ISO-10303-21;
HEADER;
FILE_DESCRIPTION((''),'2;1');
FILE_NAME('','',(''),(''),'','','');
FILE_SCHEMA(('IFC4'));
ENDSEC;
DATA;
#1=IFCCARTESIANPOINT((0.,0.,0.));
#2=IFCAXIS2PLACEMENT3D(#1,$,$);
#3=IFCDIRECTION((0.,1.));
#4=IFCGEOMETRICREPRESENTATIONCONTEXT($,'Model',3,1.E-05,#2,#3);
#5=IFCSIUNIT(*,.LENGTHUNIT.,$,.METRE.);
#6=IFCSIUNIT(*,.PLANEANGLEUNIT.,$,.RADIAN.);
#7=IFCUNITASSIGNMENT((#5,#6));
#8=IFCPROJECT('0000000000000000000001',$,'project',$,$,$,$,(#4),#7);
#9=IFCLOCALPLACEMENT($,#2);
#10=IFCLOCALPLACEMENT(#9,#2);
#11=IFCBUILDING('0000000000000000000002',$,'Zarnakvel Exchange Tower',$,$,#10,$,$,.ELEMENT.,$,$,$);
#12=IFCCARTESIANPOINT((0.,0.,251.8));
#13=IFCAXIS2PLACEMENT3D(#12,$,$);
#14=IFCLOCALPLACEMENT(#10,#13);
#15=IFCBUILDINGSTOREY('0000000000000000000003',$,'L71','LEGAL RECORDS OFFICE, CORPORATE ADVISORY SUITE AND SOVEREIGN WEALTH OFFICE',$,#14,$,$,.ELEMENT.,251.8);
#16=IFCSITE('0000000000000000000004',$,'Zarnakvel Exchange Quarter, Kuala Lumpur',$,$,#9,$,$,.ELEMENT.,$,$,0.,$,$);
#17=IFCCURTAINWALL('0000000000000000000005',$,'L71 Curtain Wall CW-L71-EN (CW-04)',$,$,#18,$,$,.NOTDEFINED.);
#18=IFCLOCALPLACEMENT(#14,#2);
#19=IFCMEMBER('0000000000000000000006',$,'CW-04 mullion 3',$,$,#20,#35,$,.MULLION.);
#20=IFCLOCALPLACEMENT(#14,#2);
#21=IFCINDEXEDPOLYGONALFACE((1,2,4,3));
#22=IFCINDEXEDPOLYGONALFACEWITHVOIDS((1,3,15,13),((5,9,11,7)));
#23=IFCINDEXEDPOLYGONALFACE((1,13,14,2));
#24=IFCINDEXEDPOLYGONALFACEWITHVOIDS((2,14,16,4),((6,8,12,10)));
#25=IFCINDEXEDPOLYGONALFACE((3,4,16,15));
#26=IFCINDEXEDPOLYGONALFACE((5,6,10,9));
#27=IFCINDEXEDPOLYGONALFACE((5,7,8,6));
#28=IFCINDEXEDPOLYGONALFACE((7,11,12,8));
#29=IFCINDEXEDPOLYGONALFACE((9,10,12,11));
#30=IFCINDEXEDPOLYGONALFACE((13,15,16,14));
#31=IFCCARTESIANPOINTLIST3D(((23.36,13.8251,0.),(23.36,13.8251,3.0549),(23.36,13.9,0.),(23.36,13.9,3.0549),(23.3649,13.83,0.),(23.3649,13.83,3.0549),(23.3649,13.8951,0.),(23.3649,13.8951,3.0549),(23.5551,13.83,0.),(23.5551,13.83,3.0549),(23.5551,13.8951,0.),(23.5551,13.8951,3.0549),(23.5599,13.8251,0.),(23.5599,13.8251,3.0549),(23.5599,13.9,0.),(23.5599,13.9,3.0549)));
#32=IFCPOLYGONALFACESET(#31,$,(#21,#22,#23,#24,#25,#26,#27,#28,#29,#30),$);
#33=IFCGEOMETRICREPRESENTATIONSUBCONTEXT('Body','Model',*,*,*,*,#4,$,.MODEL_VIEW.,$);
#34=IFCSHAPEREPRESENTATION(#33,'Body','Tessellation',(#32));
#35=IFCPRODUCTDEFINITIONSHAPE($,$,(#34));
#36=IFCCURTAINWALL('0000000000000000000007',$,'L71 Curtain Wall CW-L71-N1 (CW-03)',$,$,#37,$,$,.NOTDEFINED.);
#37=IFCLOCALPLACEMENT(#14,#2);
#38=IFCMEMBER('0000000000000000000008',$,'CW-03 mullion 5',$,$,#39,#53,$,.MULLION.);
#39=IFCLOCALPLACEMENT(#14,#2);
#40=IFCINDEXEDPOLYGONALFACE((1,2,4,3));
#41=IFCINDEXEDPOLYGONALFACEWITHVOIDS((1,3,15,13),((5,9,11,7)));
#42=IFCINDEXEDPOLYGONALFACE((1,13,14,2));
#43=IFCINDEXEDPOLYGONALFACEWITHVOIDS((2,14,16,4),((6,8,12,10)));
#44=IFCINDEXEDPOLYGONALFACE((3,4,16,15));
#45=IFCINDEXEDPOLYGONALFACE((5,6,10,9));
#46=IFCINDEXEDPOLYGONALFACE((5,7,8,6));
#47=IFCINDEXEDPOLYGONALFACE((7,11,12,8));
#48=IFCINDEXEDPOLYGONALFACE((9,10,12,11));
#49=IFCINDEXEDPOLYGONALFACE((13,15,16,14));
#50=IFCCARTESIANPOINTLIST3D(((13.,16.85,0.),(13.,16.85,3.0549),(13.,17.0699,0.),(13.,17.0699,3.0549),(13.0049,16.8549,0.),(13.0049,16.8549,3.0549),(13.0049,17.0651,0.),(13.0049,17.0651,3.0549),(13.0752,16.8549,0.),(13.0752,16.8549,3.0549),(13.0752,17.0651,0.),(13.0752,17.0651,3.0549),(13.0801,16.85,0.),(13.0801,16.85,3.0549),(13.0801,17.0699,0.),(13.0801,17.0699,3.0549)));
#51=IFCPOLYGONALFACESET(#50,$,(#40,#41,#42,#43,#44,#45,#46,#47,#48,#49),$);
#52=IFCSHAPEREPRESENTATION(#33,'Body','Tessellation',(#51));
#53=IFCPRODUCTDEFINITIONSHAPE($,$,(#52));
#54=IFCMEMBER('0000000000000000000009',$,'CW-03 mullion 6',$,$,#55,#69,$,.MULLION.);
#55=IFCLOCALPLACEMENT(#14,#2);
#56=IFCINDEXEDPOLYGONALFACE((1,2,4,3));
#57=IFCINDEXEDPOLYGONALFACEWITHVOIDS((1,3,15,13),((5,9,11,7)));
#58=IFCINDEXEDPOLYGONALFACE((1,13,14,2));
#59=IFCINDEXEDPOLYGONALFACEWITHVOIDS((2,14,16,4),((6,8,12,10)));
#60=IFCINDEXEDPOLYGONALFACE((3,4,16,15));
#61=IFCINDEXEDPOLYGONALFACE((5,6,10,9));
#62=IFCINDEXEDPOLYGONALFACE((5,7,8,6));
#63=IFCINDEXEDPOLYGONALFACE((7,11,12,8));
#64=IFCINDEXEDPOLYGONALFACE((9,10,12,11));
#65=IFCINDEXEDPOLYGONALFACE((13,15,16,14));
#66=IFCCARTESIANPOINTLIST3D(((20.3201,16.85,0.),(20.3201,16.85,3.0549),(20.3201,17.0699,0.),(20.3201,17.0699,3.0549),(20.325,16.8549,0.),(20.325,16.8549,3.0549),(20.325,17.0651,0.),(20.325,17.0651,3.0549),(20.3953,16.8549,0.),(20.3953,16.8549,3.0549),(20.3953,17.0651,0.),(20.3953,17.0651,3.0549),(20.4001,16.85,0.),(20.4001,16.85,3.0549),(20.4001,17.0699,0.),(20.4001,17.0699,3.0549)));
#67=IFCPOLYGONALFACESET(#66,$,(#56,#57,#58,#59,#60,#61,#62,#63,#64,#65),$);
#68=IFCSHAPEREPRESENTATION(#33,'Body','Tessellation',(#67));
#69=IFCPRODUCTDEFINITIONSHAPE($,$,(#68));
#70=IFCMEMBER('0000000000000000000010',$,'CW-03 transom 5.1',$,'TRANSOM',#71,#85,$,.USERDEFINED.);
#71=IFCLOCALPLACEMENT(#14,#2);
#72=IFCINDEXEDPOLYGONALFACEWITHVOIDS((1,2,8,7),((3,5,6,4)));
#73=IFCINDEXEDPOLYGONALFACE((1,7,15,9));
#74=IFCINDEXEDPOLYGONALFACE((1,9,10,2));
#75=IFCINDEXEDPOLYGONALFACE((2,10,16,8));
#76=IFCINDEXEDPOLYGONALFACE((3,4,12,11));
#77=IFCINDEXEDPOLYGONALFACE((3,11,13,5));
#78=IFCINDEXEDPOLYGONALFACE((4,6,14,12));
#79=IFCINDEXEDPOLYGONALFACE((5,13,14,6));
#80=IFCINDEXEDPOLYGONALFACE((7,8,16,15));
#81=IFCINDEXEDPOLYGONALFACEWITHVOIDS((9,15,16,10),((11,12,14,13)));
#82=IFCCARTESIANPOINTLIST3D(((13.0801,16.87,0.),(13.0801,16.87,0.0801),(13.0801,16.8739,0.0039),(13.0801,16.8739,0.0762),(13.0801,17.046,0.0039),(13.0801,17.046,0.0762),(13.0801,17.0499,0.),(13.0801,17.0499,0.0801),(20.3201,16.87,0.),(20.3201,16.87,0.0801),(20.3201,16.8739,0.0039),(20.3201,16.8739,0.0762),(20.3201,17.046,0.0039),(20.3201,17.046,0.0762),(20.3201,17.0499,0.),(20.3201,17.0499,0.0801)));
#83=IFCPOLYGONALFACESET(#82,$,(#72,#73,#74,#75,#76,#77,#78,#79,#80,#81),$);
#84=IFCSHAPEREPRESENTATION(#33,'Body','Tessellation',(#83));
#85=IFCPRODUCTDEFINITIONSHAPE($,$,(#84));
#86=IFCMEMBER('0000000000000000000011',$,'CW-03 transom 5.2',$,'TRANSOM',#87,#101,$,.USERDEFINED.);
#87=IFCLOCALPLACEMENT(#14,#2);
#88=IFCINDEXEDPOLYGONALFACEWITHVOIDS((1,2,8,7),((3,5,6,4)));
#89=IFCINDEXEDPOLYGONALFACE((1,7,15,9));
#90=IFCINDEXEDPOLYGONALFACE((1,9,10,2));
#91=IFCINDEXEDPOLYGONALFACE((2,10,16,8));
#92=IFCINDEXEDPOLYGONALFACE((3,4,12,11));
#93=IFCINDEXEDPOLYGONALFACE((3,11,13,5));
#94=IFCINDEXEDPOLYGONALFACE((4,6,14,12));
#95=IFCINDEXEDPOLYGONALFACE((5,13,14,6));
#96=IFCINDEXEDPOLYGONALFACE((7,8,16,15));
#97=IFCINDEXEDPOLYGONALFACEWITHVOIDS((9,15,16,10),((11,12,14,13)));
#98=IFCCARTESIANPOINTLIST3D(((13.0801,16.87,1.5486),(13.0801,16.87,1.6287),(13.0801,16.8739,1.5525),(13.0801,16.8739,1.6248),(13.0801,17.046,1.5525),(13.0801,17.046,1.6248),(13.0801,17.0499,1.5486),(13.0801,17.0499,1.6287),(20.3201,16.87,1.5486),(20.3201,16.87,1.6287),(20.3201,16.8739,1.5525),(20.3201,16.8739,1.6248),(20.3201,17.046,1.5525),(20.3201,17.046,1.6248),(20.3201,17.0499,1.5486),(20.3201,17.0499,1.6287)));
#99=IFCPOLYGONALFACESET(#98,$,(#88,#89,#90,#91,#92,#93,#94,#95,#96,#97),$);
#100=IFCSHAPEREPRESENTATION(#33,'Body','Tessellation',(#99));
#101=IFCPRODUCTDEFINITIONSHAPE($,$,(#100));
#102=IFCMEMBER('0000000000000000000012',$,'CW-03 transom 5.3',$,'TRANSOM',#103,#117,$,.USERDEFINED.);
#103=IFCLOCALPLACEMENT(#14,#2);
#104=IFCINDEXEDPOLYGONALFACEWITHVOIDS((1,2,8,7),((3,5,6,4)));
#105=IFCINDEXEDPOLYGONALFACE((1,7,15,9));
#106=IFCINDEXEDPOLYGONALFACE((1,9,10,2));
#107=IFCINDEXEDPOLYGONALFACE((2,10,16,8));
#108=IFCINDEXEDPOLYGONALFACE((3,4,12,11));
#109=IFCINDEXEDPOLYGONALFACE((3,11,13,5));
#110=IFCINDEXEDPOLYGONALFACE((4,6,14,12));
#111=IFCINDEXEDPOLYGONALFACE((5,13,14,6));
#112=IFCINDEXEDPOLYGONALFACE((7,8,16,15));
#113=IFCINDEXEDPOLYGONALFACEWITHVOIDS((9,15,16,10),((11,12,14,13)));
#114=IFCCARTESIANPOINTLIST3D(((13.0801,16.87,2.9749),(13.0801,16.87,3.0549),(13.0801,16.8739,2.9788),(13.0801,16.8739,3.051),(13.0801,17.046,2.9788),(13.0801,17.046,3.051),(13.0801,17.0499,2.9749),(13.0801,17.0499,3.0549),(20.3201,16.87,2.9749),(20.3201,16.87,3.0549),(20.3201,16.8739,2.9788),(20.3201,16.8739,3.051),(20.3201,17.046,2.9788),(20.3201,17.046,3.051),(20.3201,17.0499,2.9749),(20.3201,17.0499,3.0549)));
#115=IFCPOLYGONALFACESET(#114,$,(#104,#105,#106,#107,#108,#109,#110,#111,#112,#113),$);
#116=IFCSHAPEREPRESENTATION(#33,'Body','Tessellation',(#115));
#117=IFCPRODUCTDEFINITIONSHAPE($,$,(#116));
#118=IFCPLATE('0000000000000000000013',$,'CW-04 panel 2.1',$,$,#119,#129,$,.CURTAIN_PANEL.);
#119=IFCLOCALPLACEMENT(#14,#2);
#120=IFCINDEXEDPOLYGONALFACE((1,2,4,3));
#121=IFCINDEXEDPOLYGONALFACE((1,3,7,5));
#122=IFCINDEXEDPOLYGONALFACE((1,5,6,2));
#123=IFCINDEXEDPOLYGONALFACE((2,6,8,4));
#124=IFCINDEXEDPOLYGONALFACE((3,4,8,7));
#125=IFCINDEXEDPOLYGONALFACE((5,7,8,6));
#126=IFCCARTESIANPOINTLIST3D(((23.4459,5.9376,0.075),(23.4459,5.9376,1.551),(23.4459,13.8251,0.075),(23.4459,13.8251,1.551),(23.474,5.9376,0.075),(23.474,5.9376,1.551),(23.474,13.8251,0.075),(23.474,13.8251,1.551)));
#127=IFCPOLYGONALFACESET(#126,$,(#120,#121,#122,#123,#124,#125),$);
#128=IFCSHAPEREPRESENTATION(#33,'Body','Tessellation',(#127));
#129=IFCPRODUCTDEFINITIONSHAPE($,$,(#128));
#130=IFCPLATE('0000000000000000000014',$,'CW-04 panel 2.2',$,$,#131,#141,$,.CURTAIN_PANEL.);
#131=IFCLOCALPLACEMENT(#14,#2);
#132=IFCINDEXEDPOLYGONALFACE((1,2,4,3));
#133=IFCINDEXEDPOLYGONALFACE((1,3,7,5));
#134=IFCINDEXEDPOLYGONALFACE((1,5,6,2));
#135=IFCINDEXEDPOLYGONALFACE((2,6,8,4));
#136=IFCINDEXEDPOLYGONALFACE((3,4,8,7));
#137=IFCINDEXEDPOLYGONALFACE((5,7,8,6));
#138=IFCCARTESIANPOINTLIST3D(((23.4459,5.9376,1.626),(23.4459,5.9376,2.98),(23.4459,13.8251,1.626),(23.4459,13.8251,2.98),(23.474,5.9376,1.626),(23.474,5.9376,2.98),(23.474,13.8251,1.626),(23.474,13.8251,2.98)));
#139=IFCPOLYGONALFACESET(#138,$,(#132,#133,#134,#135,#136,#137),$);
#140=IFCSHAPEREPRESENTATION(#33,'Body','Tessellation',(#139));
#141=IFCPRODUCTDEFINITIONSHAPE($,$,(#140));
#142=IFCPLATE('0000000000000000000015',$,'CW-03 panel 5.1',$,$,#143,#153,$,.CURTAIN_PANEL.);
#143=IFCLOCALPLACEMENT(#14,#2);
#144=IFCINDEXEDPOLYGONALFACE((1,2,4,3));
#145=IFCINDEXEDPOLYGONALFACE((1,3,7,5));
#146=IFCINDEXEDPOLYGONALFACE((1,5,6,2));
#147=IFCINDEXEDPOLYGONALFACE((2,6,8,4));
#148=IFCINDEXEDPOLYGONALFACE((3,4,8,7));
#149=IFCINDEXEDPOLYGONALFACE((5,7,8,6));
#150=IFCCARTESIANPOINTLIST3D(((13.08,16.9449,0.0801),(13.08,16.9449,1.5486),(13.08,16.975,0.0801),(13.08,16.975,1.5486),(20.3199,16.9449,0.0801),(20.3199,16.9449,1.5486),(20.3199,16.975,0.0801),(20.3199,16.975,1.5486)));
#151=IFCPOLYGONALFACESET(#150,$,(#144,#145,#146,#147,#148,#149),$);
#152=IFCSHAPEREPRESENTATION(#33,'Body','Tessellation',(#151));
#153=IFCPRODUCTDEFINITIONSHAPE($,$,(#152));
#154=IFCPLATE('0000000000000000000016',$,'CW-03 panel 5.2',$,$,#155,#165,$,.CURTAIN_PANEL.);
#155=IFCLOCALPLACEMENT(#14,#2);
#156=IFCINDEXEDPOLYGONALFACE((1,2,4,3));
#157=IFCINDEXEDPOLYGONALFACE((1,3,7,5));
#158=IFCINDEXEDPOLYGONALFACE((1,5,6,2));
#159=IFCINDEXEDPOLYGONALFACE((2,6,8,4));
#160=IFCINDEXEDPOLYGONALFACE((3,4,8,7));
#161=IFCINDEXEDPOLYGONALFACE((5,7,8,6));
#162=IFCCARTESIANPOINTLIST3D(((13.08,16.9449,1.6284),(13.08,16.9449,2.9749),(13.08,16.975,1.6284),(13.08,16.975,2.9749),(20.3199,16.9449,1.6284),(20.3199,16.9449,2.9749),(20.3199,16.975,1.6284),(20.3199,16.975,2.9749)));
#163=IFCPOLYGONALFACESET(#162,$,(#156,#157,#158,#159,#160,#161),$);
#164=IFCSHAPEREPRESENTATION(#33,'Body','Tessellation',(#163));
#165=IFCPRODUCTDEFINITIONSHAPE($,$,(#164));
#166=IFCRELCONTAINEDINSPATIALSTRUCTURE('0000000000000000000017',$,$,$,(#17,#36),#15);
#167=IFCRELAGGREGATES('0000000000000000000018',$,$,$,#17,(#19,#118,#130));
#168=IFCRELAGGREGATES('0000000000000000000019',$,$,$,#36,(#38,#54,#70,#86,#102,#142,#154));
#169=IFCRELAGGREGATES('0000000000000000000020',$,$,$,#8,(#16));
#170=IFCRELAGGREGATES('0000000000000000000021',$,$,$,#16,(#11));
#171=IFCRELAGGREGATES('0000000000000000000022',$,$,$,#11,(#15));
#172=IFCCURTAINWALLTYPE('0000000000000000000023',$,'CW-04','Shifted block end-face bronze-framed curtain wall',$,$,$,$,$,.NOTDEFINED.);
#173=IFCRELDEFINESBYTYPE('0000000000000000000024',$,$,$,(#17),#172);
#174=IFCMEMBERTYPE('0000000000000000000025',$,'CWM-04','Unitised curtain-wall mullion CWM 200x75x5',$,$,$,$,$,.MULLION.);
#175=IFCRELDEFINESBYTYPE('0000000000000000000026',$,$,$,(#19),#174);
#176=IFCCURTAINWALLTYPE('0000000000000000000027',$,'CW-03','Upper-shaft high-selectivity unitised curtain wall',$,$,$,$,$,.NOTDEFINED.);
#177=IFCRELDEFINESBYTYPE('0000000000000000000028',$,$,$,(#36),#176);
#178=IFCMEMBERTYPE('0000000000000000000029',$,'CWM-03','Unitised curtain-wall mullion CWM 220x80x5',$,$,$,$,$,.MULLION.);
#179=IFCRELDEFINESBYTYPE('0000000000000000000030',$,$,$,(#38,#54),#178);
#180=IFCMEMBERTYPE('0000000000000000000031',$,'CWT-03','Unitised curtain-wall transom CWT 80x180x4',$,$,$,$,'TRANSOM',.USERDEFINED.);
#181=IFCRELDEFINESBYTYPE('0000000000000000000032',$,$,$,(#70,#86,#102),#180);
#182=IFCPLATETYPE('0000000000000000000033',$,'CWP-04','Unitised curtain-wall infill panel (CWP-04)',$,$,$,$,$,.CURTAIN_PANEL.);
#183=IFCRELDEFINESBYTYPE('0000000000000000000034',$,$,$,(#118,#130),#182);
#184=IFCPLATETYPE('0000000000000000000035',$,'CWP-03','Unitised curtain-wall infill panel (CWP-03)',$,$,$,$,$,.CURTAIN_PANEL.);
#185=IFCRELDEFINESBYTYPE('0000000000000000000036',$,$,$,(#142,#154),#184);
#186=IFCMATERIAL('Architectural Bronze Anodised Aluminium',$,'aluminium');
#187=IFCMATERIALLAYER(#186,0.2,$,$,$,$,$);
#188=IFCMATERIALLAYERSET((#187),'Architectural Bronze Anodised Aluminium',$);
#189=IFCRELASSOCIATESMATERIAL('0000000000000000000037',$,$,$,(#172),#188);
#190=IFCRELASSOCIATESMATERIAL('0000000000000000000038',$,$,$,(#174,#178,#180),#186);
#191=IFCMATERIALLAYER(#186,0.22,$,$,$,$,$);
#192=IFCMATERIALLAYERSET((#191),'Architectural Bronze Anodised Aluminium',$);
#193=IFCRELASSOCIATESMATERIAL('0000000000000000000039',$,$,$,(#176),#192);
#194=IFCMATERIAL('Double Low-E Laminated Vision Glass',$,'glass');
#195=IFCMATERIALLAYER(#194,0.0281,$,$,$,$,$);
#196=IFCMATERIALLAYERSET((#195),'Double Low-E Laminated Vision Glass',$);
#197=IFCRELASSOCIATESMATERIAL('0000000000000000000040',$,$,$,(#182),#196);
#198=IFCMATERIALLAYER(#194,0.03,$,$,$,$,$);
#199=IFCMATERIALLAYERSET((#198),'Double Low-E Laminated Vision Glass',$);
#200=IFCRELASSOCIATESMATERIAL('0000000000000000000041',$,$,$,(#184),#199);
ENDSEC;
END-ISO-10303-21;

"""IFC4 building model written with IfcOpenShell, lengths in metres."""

from ifc_helpers import new_model, si_unit, direction, frame, origin, origin_2d, place, context, subcontext, project, spatial, rectangle, hollow_rectangle, extrude, source, transform, mapped, material, layer, layer_set, material_profile, profile_set, type_object, element, aggregate, save


model = new_model("IFC4")

# Units and contexts
model_context = context("Model", 3, precision=1e-05, world=origin(), true_north=direction((0.0, 1.0)))
body_context = subcontext(model_context, "Body", "Model", "MODEL_VIEW")
ifc_project = project(units=[si_unit("LENGTHUNIT", "METRE"), si_unit("PLANEANGLEUNIT", "RADIAN")], contexts=[model_context])

# Site, building, storey
site_placement = place(None, origin())
site = spatial("IfcSite", under=ifc_project, at=site_placement, Name="Zarnakvel Exchange Quarter, Kuala Lumpur", CompositionType="ELEMENT", RefElevation=0.0)
building_placement = place(site_placement, origin())
building = spatial("IfcBuilding", under=site, at=building_placement, Name="Zarnakvel Exchange Tower", CompositionType="ELEMENT")
storey_placement = place(building_placement, frame((0.0, 0.0, 251.8)))
storey = spatial("IfcBuildingStorey", under=building, at=storey_placement, Name="L71", Description="LEGAL RECORDS OFFICE, CORPORATE ADVISORY SUITE AND SOVEREIGN WEALTH OFFICE", CompositionType="ELEMENT", Elevation=251.8)

# Curtain wall, member
ifc_material_1 = material(Name="Architectural Bronze Anodised Aluminium", Category="aluminium")
ifc_layer_1 = layer(ifc_material_1, 0.2)
ifc_layer_set_1 = layer_set([ifc_layer_1], Name="Architectural Bronze Anodised Aluminium")
curtain_wall_type_1 = type_object("IfcCurtainWallType", Name="CW-04", Description="Shifted block end-face bronze-framed curtain wall", PredefinedType="NOTDEFINED", material=ifc_layer_set_1)
curtain_wall_1_placement = place(storey_placement, origin())
curtain_wall_1 = element("IfcCurtainWall", 1, at=curtain_wall_1_placement, inside=storey, type_object=curtain_wall_type_1, Name="L71 Curtain Wall CW-L71-EN (CW-04)", PredefinedType="NOTDEFINED")
ifc_material_profile_1 = material_profile(ifc_material_1, hollow_rectangle(XDim=0.2, YDim=0.075, WallThickness=0.0049, at=origin_2d()))
ifc_profile_set_1 = profile_set([ifc_material_profile_1], Name="Architectural Bronze Anodised Aluminium")
member_type_1 = type_object("IfcMemberType", Name="CWM-04", Description="Unitised curtain-wall mullion CWM 200x75x5", PredefinedType="MULLION", material=ifc_profile_set_1)
shared_shape_1 = source(origin(), body_context, "Body", "SweptSolid", [
    extrude(hollow_rectangle(XDim=0.2, YDim=0.075, WallThickness=0.0049, at=origin_2d()), origin(), (0.0, 0.0, 1.0), 3.0549),
])
member_1_placement = place(storey_placement, frame((23.46, 13.8625, 0.0), z_axis=(0.0, 0.0, 1.0), x_axis=(-1.0, 0.0, 0.0)))
member_1 = element("IfcMember", 2, at=member_1_placement, type_object=member_type_1, Name="CW-04 mullion 3", PredefinedType="MULLION", context=body_context, shape_type="MappedRepresentation", body=[
    mapped(shared_shape_1, transform((0.0, 0.0, 0.0), x_axis=(1.0, 0.0, 0.0), y_axis=(0.0, 1.0, 0.0), z_axis=(0.0, 0.0, 1.0), scale=1.0)),
])

# Curtain wall, members
ifc_layer_2 = layer(ifc_material_1, 0.22)
ifc_layer_set_2 = layer_set([ifc_layer_2], Name="Architectural Bronze Anodised Aluminium")
curtain_wall_type_2 = type_object("IfcCurtainWallType", Name="CW-03", Description="Upper-shaft high-selectivity unitised curtain wall", PredefinedType="NOTDEFINED", material=ifc_layer_set_2)
curtain_wall_2_placement = place(storey_placement, origin())
curtain_wall_2 = element("IfcCurtainWall", 3, at=curtain_wall_2_placement, inside=storey, type_object=curtain_wall_type_2, Name="L71 Curtain Wall CW-L71-N1 (CW-03)", PredefinedType="NOTDEFINED")
ifc_material_profile_2 = material_profile(ifc_material_1, hollow_rectangle(XDim=0.22, YDim=0.0801, WallThickness=0.0049, at=origin_2d()))
ifc_profile_set_2 = profile_set([ifc_material_profile_2], Name="Architectural Bronze Anodised Aluminium")
member_type_2 = type_object("IfcMemberType", Name="CWM-03", Description="Unitised curtain-wall mullion CWM 220x80x5", PredefinedType="MULLION", material=ifc_profile_set_2)
shared_shape_2 = source(origin(), body_context, "Body", "SweptSolid", [
    extrude(hollow_rectangle(XDim=0.22, YDim=0.0801, WallThickness=0.0049, at=origin_2d()), origin(), (0.0, 0.0, 1.0), 3.0549),
])
member_2_placement = place(storey_placement, frame((13.04, 16.96, 0.0), z_axis=(0.0, 0.0, 1.0), x_axis=(0.0, 1.0, 0.0)))
member_2 = element("IfcMember", 4, at=member_2_placement, type_object=member_type_2, Name="CW-03 mullion 5", PredefinedType="MULLION", context=body_context, shape_type="MappedRepresentation", body=[
    mapped(shared_shape_2, transform((0.0, 0.0, 0.0), x_axis=(1.0, 0.0, 0.0), y_axis=(0.0, 1.0, 0.0), z_axis=(0.0, 0.0, 1.0), scale=1.0)),
])
member_3_placement = place(storey_placement, frame((20.3601, 16.96, 0.0), z_axis=(0.0, 0.0, 1.0), x_axis=(0.0, 1.0, 0.0)))
member_3 = element("IfcMember", 5, at=member_3_placement, type_object=member_type_2, Name="CW-03 mullion 6", PredefinedType="MULLION", context=body_context, shape_type="MappedRepresentation", body=[
    mapped(shared_shape_2, transform((0.0, 0.0, 0.0), x_axis=(1.0, 0.0, 0.0), y_axis=(0.0, 1.0, 0.0), z_axis=(0.0, 0.0, 1.0), scale=1.0)),
])
ifc_material_profile_3 = material_profile(ifc_material_1, hollow_rectangle(XDim=0.1799, YDim=0.0801, WallThickness=0.0039, at=origin_2d()))
ifc_profile_set_3 = profile_set([ifc_material_profile_3], Name="Architectural Bronze Anodised Aluminium")
member_type_3 = type_object("IfcMemberType", Name="CWT-03", Description="Unitised curtain-wall transom CWT 80x180x4", ElementType="TRANSOM", PredefinedType="USERDEFINED", material=ifc_profile_set_3)
shared_shape_3 = source(origin(), body_context, "Body", "SweptSolid", [
    extrude(hollow_rectangle(XDim=0.1799, YDim=0.0801, WallThickness=0.0039, at=origin_2d()), origin(), (0.0, 0.0, 1.0), 7.24),
])
member_4_placement = place(storey_placement, frame((13.0801, 16.96, 0.04), z_axis=(1.0, 0.0, 0.0), x_axis=(0.0, 1.0, 0.0)))
member_4 = element("IfcMember", 6, at=member_4_placement, type_object=member_type_3, Name="CW-03 transom 5.1", ObjectType="TRANSOM", PredefinedType="USERDEFINED", context=body_context, shape_type="MappedRepresentation", body=[
    mapped(shared_shape_3, transform((0.0, 0.0, 0.0), x_axis=(1.0, 0.0, 0.0), y_axis=(0.0, 1.0, 0.0), z_axis=(0.0, 0.0, 1.0), scale=1.0)),
])
member_5_placement = place(storey_placement, frame((13.0801, 16.96, 1.5886), z_axis=(1.0, 0.0, 0.0), x_axis=(0.0, 1.0, 0.0)))
member_5 = element("IfcMember", 7, at=member_5_placement, type_object=member_type_3, Name="CW-03 transom 5.2", ObjectType="TRANSOM", PredefinedType="USERDEFINED", context=body_context, shape_type="MappedRepresentation", body=[
    mapped(shared_shape_3, transform((0.0, 0.0, 0.0), x_axis=(1.0, 0.0, 0.0), y_axis=(0.0, 1.0, 0.0), z_axis=(0.0, 0.0, 1.0), scale=1.0)),
])
member_6_placement = place(storey_placement, frame((13.0801, 16.96, 3.0149), z_axis=(1.0, 0.0, 0.0), x_axis=(0.0, 1.0, 0.0)))
member_6 = element("IfcMember", 8, at=member_6_placement, type_object=member_type_3, Name="CW-03 transom 5.3", ObjectType="TRANSOM", PredefinedType="USERDEFINED", context=body_context, shape_type="MappedRepresentation", body=[
    mapped(shared_shape_3, transform((0.0, 0.0, 0.0), x_axis=(1.0, 0.0, 0.0), y_axis=(0.0, 1.0, 0.0), z_axis=(0.0, 0.0, 1.0), scale=1.0)),
])

# Plates
ifc_material_2 = material(Name="Double Low-E Laminated Vision Glass", Category="glass")
ifc_layer_3 = layer(ifc_material_2, 0.0281)
ifc_layer_set_3 = layer_set([ifc_layer_3], Name="Double Low-E Laminated Vision Glass")
plate_type_1 = type_object("IfcPlateType", Name="CWP-04", Description="Unitised curtain-wall infill panel (CWP-04)", PredefinedType="CURTAIN_PANEL", material=ifc_layer_set_3)
shared_shape_4 = source(origin(), body_context, "Body", "SweptSolid", [
    extrude(rectangle(XDim=7.8875, YDim=0.0281, at=origin_2d()), origin(), (0.0, 0.0, 1.0), 1.4761),
])
plate_1_placement = place(storey_placement, frame((23.46, 9.8813, 0.075), z_axis=(0.0, 0.0, 1.0), x_axis=(0.0, 1.0, 0.0)))
plate_1 = element("IfcPlate", 9, at=plate_1_placement, type_object=plate_type_1, Name="CW-04 panel 2.1", PredefinedType="CURTAIN_PANEL", context=body_context, shape_type="MappedRepresentation", body=[
    mapped(shared_shape_4, transform((0.0, 0.0, 0.0), x_axis=(1.0, 0.0, 0.0), y_axis=(0.0, 1.0, 0.0), z_axis=(0.0, 0.0, 1.0), scale=1.0)),
])
shared_shape_5 = source(origin(), body_context, "Body", "SweptSolid", [
    extrude(rectangle(XDim=7.8875, YDim=0.0281, at=origin_2d()), origin(), (0.0, 0.0, 1.0), 1.354),
])
plate_2_placement = place(storey_placement, frame((23.46, 9.8813, 1.626), z_axis=(0.0, 0.0, 1.0), x_axis=(0.0, 1.0, 0.0)))
plate_2 = element("IfcPlate", 10, at=plate_2_placement, type_object=plate_type_1, Name="CW-04 panel 2.2", PredefinedType="CURTAIN_PANEL", context=body_context, shape_type="MappedRepresentation", body=[
    mapped(shared_shape_5, transform((0.0, 0.0, 0.0), x_axis=(1.0, 0.0, 0.0), y_axis=(0.0, 1.0, 0.0), z_axis=(0.0, 0.0, 1.0), scale=1.0)),
])
aggregate(curtain_wall_1, [member_1, plate_1, plate_2])
ifc_layer_4 = layer(ifc_material_2, 0.03)
ifc_layer_set_4 = layer_set([ifc_layer_4], Name="Double Low-E Laminated Vision Glass")
plate_type_2 = type_object("IfcPlateType", Name="CWP-03", Description="Unitised curtain-wall infill panel (CWP-03)", PredefinedType="CURTAIN_PANEL", material=ifc_layer_set_4)
shared_shape_6 = source(origin(), body_context, "Body", "SweptSolid", [
    extrude(rectangle(XDim=7.24, YDim=0.03, at=origin_2d()), origin(), (0.0, 0.0, 1.0), 1.4685),
])
plate_3_placement = place(storey_placement, frame((16.7, 16.96, 0.0801), z_axis=(0.0, 0.0, 1.0), x_axis=(1.0, 0.0, 0.0)))
plate_3 = element("IfcPlate", 11, at=plate_3_placement, type_object=plate_type_2, Name="CW-03 panel 5.1", PredefinedType="CURTAIN_PANEL", context=body_context, shape_type="MappedRepresentation", body=[
    mapped(shared_shape_6, transform((0.0, 0.0, 0.0), x_axis=(1.0, 0.0, 0.0), y_axis=(0.0, 1.0, 0.0), z_axis=(0.0, 0.0, 1.0), scale=1.0)),
])
shared_shape_7 = source(origin(), body_context, "Body", "SweptSolid", [
    extrude(rectangle(XDim=7.24, YDim=0.03, at=origin_2d()), origin(), (0.0, 0.0, 1.0), 1.3464),
])
plate_4_placement = place(storey_placement, frame((16.7, 16.96, 1.6284), z_axis=(0.0, 0.0, 1.0), x_axis=(1.0, 0.0, 0.0)))
plate_4 = element("IfcPlate", 12, at=plate_4_placement, type_object=plate_type_2, Name="CW-03 panel 5.2", PredefinedType="CURTAIN_PANEL", context=body_context, shape_type="MappedRepresentation", body=[
    mapped(shared_shape_7, transform((0.0, 0.0, 0.0), x_axis=(1.0, 0.0, 0.0), y_axis=(0.0, 1.0, 0.0), z_axis=(0.0, 0.0, 1.0), scale=1.0)),
])
aggregate(curtain_wall_2, [member_2, member_3, member_4, member_5, member_6, plate_3, plate_4])

save(model, "model.ifc")
